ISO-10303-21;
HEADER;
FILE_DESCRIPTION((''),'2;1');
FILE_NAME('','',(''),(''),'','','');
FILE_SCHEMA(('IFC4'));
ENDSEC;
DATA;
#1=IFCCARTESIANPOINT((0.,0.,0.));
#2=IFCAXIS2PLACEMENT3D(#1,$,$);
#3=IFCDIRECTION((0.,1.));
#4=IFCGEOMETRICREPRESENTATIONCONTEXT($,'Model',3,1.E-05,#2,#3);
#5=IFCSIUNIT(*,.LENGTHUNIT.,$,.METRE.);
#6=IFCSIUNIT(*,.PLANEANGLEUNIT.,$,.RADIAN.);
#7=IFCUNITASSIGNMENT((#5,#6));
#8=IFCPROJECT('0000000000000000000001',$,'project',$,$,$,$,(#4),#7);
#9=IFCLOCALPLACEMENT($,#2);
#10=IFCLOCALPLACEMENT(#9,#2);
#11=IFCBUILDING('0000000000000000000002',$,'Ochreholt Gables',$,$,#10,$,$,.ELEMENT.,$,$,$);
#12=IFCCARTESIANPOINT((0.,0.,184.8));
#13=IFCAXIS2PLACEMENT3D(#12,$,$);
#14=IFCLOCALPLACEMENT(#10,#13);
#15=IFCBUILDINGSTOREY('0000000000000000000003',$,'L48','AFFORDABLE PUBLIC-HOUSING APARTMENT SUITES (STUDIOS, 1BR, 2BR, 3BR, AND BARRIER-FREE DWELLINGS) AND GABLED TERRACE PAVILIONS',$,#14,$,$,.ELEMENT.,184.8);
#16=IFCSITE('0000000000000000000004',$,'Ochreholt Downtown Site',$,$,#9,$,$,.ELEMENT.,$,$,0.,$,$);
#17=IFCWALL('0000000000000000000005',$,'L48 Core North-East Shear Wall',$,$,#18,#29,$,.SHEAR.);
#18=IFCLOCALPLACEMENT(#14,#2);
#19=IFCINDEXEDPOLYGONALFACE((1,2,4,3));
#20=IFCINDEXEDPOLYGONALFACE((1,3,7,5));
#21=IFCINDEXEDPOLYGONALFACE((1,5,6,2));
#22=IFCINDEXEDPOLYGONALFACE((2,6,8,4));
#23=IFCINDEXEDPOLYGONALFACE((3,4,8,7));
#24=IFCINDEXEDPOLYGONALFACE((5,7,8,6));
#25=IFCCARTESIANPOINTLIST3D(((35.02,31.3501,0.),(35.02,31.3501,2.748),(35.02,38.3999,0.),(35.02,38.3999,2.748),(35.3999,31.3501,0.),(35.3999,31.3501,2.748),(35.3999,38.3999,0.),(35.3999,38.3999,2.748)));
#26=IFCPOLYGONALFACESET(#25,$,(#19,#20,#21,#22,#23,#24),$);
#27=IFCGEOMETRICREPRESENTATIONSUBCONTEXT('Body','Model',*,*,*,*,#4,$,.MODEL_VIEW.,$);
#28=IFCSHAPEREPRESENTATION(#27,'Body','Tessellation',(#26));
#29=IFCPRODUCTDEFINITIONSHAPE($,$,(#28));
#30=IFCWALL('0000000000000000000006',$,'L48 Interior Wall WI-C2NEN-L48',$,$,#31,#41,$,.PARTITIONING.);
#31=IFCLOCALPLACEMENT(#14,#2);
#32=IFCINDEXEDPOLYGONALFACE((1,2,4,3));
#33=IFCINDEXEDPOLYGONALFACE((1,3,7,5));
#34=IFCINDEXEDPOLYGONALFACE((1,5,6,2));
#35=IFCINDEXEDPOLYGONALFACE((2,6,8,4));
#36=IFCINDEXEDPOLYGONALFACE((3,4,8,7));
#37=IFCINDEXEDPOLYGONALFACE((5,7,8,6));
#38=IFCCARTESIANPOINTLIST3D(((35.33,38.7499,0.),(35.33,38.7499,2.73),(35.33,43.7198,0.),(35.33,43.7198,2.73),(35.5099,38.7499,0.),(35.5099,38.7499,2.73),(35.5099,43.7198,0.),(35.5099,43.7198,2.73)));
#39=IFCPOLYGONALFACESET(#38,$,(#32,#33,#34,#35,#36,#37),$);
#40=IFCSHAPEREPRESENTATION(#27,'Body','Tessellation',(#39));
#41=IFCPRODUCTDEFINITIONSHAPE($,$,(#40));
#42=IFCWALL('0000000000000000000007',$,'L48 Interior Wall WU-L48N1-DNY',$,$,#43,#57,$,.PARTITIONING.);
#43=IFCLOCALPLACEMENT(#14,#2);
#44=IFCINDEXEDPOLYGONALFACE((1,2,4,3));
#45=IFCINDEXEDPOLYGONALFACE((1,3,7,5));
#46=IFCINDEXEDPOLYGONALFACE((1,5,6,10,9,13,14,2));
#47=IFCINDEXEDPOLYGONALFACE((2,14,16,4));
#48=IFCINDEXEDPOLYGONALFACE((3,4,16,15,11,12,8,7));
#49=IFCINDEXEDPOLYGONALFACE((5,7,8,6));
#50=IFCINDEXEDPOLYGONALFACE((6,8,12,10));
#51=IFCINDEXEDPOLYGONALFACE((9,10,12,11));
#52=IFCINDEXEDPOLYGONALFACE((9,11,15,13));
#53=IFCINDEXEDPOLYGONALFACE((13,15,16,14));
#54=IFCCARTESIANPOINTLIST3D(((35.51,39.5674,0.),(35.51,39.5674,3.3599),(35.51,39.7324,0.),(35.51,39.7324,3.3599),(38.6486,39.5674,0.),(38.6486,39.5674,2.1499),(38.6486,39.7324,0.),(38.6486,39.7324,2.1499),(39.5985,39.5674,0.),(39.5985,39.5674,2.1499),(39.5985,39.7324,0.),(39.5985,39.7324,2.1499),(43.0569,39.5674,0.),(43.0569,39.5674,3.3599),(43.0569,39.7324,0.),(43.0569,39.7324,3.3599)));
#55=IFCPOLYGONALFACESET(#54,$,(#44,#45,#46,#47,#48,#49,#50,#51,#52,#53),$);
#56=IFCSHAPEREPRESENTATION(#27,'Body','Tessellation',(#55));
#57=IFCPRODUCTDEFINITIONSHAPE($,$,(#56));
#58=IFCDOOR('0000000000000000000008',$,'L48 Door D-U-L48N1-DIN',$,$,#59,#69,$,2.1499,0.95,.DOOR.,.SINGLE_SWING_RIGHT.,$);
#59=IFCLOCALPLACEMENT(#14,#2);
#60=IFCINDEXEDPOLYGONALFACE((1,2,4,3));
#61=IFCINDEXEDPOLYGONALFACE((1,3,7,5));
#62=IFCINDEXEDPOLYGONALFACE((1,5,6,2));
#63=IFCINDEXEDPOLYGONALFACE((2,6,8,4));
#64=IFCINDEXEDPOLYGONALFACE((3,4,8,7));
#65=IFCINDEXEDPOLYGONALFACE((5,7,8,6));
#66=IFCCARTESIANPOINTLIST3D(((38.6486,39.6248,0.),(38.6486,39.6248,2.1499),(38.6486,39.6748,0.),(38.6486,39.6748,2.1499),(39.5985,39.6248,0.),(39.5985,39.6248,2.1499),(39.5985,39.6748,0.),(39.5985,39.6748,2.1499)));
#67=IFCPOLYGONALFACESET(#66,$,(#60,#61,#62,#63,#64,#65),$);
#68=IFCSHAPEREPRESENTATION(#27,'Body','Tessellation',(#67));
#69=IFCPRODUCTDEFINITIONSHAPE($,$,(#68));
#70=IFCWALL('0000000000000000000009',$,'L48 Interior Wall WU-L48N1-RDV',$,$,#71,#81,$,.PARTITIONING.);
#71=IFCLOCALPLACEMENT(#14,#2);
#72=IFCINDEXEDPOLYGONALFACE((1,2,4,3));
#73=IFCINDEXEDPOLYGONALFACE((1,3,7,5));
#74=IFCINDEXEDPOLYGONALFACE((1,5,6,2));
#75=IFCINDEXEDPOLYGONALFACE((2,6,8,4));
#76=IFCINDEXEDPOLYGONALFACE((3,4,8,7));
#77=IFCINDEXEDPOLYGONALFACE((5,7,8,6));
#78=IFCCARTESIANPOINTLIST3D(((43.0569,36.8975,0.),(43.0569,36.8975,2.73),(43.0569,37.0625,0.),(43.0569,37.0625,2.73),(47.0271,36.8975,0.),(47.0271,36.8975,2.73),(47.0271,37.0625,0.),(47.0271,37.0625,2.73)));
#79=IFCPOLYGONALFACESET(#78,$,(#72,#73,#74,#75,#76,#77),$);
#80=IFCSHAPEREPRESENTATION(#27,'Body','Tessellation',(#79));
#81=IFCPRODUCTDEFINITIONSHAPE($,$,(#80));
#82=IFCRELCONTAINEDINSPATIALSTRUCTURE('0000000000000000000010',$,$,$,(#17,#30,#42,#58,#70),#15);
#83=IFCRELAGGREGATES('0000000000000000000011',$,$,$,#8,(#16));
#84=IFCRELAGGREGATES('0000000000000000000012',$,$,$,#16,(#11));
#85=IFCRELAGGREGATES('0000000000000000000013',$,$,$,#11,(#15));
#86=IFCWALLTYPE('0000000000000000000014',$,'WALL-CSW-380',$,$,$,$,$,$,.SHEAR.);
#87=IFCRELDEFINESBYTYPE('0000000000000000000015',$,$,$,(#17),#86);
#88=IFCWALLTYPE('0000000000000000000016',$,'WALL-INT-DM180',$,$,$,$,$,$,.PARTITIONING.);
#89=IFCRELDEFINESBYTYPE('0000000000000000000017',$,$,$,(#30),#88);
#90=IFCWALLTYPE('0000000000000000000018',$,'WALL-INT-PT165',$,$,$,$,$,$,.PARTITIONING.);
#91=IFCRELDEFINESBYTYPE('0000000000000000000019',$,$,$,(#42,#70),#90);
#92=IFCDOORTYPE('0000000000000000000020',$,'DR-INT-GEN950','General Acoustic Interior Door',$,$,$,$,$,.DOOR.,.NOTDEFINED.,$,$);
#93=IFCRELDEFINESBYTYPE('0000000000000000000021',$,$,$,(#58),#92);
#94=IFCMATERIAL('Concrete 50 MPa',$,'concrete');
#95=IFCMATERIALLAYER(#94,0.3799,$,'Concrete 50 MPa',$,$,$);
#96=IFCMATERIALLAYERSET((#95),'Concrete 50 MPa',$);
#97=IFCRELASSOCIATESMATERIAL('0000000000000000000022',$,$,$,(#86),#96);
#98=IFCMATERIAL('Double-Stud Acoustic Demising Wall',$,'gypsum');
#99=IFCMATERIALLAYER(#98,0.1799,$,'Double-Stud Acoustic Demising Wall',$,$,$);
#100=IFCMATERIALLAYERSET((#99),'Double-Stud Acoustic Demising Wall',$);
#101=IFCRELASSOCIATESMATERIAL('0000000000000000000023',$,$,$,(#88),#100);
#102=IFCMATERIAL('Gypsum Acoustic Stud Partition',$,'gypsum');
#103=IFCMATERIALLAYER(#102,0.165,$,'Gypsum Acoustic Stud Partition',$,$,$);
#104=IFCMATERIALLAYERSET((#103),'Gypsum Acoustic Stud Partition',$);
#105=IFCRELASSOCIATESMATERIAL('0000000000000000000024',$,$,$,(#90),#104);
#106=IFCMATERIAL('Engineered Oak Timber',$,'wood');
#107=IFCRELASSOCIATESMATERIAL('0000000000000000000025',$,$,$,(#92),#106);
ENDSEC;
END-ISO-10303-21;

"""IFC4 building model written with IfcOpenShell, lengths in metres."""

from ifc_helpers import new_model, si_unit, direction, frame, frame_2d, origin, place, context, subcontext, project, spatial, rectangle, extrude, material, layer, layer_set, type_object, element, fill, save


model = new_model("IFC4")

# Units and contexts
model_context = context("Model", 3, precision=1e-05, world=origin(), true_north=direction((0.0, 1.0)))
body_context = subcontext(model_context, "Body", "Model", "MODEL_VIEW")
ifc_project = project(units=[si_unit("LENGTHUNIT", "METRE"), si_unit("PLANEANGLEUNIT", "RADIAN")], contexts=[model_context])

# Site, building, storey
site_placement = place(None, origin())
site = spatial("IfcSite", under=ifc_project, at=site_placement, Name="Ochreholt Downtown Site", CompositionType="ELEMENT", RefElevation=0.0)
building_placement = place(site_placement, origin())
building = spatial("IfcBuilding", under=site, at=building_placement, Name="Ochreholt Gables", CompositionType="ELEMENT")
storey_placement = place(building_placement, frame((0.0, 0.0, 184.8)))
storey = spatial("IfcBuildingStorey", under=building, at=storey_placement, Name="L48", Description="AFFORDABLE PUBLIC-HOUSING APARTMENT SUITES (STUDIOS, 1BR, 2BR, 3BR, AND BARRIER-FREE DWELLINGS) AND GABLED TERRACE PAVILIONS", CompositionType="ELEMENT", Elevation=184.8)

# Shared definitions
ifc_material_1 = material(Name="Concrete 50 MPa", Category="concrete")

# Walls
ifc_layer_1 = layer(ifc_material_1, 0.3799, Name="Concrete 50 MPa")
ifc_layer_set_1 = layer_set([ifc_layer_1], Name="Concrete 50 MPa")
wall_type_1 = type_object("IfcWallType", Name="WALL-CSW-380", PredefinedType="SHEAR", material=ifc_layer_set_1)
wall_1_placement = place(storey_placement, frame((35.21, 31.3501, 0.0), z_axis=(0.0, 0.0, 1.0), x_axis=(0.0, 1.0, 0.0)))
element("IfcWall", 1, at=wall_1_placement, inside=storey, type_object=wall_type_1, Name="L48 Core North-East Shear Wall", PredefinedType="SHEAR", context=body_context, shape_type="SweptSolid", body=[
    extrude(rectangle(XDim=7.0498, YDim=0.3799, at=frame_2d((3.5249, 0.0))), origin(), (0.0, 0.0, 1.0), 2.748),
])
ifc_material_2 = material(Name="Double-Stud Acoustic Demising Wall", Category="gypsum")
ifc_layer_2 = layer(ifc_material_2, 0.1799, Name="Double-Stud Acoustic Demising Wall")
ifc_layer_set_2 = layer_set([ifc_layer_2], Name="Double-Stud Acoustic Demising Wall")
wall_type_2 = type_object("IfcWallType", Name="WALL-INT-DM180", PredefinedType="PARTITIONING", material=ifc_layer_set_2)
wall_2_placement = place(storey_placement, frame((35.4199, 38.75, 0.0), z_axis=(0.0, 0.0, 1.0), x_axis=(0.0, 1.0, 0.0)))
element("IfcWall", 2, at=wall_2_placement, inside=storey, type_object=wall_type_2, Name="L48 Interior Wall WI-C2NEN-L48", PredefinedType="PARTITIONING", context=body_context, shape_type="SweptSolid", body=[
    extrude(rectangle(XDim=4.97, YDim=0.1799, at=frame_2d((2.4849, 0.0))), origin(), (0.0, 0.0, 1.0), 2.73),
])

# Shared definitions
ifc_material_3 = material(Name="Engineered Oak Timber", Category="wood")

# Wall, opening, door
ifc_material_4 = material(Name="Gypsum Acoustic Stud Partition", Category="gypsum")
ifc_layer_3 = layer(ifc_material_4, 0.165, Name="Gypsum Acoustic Stud Partition")
ifc_layer_set_3 = layer_set([ifc_layer_3], Name="Gypsum Acoustic Stud Partition")
wall_type_3 = type_object("IfcWallType", Name="WALL-INT-PT165", PredefinedType="PARTITIONING", material=ifc_layer_set_3)
wall_3_placement = place(storey_placement, frame((35.51, 39.6499, 0.0), z_axis=(0.0, 0.0, 1.0), x_axis=(1.0, 0.0, 0.0)))
wall_3 = element("IfcWall", 3, at=wall_3_placement, inside=storey, type_object=wall_type_3, Name="L48 Interior Wall WU-L48N1-DNY", PredefinedType="PARTITIONING", context=body_context, shape_type="SweptSolid", body=[
    extrude(rectangle(XDim=7.5469, YDim=0.165, at=frame_2d((3.7734, 0.0))), origin(), (0.0, 0.0, 1.0), 3.3599),
])
opening_1_placement = place(wall_3_placement, frame((3.1384, 0.0, 0.0)))
opening_1 = element("IfcOpeningElement", 4, at=opening_1_placement, cuts=wall_3, PredefinedType="OPENING", context=body_context, shape_type="SweptSolid", body=[
    extrude(rectangle(XDim=0.95, YDim=2.1499, at=frame_2d((0.4751, 1.075))), frame((0.0, 0.0925, 0.0), z_axis=(0.0, -1.0, 0.0), x_axis=(1.0, 0.0, 0.0)), (0.0, 0.0, 1.0), 0.1851),
])
door_type_1 = type_object("IfcDoorType", Name="DR-INT-GEN950", Description="General Acoustic Interior Door", OperationType="NOTDEFINED", PredefinedType="DOOR", material=ifc_material_3)
door_1_placement = place(opening_1_placement, origin())
door_1 = element("IfcDoor", 5, at=door_1_placement, inside=storey, type_object=door_type_1, Name="L48 Door D-U-L48N1-DIN", OperationType="SINGLE_SWING_RIGHT", OverallHeight=2.1499, OverallWidth=0.95, PredefinedType="DOOR", context=body_context, shape_type="SweptSolid", body=[
    extrude(rectangle(XDim=0.95, YDim=2.1499, at=frame_2d((0.4751, 1.075))), frame((0.0, 0.0249, 0.0), z_axis=(0.0, -1.0, 0.0), x_axis=(1.0, 0.0, 0.0)), (0.0, 0.0, 1.0), 0.05),
])
fill(opening_1, door_1)

# Wall
wall_4_placement = place(storey_placement, frame((43.0569, 36.98, 0.0), z_axis=(0.0, 0.0, 1.0), x_axis=(1.0, 0.0, 0.0)))
element("IfcWall", 6, at=wall_4_placement, inside=storey, type_object=wall_type_3, Name="L48 Interior Wall WU-L48N1-RDV", PredefinedType="PARTITIONING", context=body_context, shape_type="SweptSolid", body=[
    extrude(rectangle(XDim=3.9702, YDim=0.165, at=frame_2d((1.9851, 0.0))), origin(), (0.0, 0.0, 1.0), 2.73),
])

save(model, "model.ifc")
